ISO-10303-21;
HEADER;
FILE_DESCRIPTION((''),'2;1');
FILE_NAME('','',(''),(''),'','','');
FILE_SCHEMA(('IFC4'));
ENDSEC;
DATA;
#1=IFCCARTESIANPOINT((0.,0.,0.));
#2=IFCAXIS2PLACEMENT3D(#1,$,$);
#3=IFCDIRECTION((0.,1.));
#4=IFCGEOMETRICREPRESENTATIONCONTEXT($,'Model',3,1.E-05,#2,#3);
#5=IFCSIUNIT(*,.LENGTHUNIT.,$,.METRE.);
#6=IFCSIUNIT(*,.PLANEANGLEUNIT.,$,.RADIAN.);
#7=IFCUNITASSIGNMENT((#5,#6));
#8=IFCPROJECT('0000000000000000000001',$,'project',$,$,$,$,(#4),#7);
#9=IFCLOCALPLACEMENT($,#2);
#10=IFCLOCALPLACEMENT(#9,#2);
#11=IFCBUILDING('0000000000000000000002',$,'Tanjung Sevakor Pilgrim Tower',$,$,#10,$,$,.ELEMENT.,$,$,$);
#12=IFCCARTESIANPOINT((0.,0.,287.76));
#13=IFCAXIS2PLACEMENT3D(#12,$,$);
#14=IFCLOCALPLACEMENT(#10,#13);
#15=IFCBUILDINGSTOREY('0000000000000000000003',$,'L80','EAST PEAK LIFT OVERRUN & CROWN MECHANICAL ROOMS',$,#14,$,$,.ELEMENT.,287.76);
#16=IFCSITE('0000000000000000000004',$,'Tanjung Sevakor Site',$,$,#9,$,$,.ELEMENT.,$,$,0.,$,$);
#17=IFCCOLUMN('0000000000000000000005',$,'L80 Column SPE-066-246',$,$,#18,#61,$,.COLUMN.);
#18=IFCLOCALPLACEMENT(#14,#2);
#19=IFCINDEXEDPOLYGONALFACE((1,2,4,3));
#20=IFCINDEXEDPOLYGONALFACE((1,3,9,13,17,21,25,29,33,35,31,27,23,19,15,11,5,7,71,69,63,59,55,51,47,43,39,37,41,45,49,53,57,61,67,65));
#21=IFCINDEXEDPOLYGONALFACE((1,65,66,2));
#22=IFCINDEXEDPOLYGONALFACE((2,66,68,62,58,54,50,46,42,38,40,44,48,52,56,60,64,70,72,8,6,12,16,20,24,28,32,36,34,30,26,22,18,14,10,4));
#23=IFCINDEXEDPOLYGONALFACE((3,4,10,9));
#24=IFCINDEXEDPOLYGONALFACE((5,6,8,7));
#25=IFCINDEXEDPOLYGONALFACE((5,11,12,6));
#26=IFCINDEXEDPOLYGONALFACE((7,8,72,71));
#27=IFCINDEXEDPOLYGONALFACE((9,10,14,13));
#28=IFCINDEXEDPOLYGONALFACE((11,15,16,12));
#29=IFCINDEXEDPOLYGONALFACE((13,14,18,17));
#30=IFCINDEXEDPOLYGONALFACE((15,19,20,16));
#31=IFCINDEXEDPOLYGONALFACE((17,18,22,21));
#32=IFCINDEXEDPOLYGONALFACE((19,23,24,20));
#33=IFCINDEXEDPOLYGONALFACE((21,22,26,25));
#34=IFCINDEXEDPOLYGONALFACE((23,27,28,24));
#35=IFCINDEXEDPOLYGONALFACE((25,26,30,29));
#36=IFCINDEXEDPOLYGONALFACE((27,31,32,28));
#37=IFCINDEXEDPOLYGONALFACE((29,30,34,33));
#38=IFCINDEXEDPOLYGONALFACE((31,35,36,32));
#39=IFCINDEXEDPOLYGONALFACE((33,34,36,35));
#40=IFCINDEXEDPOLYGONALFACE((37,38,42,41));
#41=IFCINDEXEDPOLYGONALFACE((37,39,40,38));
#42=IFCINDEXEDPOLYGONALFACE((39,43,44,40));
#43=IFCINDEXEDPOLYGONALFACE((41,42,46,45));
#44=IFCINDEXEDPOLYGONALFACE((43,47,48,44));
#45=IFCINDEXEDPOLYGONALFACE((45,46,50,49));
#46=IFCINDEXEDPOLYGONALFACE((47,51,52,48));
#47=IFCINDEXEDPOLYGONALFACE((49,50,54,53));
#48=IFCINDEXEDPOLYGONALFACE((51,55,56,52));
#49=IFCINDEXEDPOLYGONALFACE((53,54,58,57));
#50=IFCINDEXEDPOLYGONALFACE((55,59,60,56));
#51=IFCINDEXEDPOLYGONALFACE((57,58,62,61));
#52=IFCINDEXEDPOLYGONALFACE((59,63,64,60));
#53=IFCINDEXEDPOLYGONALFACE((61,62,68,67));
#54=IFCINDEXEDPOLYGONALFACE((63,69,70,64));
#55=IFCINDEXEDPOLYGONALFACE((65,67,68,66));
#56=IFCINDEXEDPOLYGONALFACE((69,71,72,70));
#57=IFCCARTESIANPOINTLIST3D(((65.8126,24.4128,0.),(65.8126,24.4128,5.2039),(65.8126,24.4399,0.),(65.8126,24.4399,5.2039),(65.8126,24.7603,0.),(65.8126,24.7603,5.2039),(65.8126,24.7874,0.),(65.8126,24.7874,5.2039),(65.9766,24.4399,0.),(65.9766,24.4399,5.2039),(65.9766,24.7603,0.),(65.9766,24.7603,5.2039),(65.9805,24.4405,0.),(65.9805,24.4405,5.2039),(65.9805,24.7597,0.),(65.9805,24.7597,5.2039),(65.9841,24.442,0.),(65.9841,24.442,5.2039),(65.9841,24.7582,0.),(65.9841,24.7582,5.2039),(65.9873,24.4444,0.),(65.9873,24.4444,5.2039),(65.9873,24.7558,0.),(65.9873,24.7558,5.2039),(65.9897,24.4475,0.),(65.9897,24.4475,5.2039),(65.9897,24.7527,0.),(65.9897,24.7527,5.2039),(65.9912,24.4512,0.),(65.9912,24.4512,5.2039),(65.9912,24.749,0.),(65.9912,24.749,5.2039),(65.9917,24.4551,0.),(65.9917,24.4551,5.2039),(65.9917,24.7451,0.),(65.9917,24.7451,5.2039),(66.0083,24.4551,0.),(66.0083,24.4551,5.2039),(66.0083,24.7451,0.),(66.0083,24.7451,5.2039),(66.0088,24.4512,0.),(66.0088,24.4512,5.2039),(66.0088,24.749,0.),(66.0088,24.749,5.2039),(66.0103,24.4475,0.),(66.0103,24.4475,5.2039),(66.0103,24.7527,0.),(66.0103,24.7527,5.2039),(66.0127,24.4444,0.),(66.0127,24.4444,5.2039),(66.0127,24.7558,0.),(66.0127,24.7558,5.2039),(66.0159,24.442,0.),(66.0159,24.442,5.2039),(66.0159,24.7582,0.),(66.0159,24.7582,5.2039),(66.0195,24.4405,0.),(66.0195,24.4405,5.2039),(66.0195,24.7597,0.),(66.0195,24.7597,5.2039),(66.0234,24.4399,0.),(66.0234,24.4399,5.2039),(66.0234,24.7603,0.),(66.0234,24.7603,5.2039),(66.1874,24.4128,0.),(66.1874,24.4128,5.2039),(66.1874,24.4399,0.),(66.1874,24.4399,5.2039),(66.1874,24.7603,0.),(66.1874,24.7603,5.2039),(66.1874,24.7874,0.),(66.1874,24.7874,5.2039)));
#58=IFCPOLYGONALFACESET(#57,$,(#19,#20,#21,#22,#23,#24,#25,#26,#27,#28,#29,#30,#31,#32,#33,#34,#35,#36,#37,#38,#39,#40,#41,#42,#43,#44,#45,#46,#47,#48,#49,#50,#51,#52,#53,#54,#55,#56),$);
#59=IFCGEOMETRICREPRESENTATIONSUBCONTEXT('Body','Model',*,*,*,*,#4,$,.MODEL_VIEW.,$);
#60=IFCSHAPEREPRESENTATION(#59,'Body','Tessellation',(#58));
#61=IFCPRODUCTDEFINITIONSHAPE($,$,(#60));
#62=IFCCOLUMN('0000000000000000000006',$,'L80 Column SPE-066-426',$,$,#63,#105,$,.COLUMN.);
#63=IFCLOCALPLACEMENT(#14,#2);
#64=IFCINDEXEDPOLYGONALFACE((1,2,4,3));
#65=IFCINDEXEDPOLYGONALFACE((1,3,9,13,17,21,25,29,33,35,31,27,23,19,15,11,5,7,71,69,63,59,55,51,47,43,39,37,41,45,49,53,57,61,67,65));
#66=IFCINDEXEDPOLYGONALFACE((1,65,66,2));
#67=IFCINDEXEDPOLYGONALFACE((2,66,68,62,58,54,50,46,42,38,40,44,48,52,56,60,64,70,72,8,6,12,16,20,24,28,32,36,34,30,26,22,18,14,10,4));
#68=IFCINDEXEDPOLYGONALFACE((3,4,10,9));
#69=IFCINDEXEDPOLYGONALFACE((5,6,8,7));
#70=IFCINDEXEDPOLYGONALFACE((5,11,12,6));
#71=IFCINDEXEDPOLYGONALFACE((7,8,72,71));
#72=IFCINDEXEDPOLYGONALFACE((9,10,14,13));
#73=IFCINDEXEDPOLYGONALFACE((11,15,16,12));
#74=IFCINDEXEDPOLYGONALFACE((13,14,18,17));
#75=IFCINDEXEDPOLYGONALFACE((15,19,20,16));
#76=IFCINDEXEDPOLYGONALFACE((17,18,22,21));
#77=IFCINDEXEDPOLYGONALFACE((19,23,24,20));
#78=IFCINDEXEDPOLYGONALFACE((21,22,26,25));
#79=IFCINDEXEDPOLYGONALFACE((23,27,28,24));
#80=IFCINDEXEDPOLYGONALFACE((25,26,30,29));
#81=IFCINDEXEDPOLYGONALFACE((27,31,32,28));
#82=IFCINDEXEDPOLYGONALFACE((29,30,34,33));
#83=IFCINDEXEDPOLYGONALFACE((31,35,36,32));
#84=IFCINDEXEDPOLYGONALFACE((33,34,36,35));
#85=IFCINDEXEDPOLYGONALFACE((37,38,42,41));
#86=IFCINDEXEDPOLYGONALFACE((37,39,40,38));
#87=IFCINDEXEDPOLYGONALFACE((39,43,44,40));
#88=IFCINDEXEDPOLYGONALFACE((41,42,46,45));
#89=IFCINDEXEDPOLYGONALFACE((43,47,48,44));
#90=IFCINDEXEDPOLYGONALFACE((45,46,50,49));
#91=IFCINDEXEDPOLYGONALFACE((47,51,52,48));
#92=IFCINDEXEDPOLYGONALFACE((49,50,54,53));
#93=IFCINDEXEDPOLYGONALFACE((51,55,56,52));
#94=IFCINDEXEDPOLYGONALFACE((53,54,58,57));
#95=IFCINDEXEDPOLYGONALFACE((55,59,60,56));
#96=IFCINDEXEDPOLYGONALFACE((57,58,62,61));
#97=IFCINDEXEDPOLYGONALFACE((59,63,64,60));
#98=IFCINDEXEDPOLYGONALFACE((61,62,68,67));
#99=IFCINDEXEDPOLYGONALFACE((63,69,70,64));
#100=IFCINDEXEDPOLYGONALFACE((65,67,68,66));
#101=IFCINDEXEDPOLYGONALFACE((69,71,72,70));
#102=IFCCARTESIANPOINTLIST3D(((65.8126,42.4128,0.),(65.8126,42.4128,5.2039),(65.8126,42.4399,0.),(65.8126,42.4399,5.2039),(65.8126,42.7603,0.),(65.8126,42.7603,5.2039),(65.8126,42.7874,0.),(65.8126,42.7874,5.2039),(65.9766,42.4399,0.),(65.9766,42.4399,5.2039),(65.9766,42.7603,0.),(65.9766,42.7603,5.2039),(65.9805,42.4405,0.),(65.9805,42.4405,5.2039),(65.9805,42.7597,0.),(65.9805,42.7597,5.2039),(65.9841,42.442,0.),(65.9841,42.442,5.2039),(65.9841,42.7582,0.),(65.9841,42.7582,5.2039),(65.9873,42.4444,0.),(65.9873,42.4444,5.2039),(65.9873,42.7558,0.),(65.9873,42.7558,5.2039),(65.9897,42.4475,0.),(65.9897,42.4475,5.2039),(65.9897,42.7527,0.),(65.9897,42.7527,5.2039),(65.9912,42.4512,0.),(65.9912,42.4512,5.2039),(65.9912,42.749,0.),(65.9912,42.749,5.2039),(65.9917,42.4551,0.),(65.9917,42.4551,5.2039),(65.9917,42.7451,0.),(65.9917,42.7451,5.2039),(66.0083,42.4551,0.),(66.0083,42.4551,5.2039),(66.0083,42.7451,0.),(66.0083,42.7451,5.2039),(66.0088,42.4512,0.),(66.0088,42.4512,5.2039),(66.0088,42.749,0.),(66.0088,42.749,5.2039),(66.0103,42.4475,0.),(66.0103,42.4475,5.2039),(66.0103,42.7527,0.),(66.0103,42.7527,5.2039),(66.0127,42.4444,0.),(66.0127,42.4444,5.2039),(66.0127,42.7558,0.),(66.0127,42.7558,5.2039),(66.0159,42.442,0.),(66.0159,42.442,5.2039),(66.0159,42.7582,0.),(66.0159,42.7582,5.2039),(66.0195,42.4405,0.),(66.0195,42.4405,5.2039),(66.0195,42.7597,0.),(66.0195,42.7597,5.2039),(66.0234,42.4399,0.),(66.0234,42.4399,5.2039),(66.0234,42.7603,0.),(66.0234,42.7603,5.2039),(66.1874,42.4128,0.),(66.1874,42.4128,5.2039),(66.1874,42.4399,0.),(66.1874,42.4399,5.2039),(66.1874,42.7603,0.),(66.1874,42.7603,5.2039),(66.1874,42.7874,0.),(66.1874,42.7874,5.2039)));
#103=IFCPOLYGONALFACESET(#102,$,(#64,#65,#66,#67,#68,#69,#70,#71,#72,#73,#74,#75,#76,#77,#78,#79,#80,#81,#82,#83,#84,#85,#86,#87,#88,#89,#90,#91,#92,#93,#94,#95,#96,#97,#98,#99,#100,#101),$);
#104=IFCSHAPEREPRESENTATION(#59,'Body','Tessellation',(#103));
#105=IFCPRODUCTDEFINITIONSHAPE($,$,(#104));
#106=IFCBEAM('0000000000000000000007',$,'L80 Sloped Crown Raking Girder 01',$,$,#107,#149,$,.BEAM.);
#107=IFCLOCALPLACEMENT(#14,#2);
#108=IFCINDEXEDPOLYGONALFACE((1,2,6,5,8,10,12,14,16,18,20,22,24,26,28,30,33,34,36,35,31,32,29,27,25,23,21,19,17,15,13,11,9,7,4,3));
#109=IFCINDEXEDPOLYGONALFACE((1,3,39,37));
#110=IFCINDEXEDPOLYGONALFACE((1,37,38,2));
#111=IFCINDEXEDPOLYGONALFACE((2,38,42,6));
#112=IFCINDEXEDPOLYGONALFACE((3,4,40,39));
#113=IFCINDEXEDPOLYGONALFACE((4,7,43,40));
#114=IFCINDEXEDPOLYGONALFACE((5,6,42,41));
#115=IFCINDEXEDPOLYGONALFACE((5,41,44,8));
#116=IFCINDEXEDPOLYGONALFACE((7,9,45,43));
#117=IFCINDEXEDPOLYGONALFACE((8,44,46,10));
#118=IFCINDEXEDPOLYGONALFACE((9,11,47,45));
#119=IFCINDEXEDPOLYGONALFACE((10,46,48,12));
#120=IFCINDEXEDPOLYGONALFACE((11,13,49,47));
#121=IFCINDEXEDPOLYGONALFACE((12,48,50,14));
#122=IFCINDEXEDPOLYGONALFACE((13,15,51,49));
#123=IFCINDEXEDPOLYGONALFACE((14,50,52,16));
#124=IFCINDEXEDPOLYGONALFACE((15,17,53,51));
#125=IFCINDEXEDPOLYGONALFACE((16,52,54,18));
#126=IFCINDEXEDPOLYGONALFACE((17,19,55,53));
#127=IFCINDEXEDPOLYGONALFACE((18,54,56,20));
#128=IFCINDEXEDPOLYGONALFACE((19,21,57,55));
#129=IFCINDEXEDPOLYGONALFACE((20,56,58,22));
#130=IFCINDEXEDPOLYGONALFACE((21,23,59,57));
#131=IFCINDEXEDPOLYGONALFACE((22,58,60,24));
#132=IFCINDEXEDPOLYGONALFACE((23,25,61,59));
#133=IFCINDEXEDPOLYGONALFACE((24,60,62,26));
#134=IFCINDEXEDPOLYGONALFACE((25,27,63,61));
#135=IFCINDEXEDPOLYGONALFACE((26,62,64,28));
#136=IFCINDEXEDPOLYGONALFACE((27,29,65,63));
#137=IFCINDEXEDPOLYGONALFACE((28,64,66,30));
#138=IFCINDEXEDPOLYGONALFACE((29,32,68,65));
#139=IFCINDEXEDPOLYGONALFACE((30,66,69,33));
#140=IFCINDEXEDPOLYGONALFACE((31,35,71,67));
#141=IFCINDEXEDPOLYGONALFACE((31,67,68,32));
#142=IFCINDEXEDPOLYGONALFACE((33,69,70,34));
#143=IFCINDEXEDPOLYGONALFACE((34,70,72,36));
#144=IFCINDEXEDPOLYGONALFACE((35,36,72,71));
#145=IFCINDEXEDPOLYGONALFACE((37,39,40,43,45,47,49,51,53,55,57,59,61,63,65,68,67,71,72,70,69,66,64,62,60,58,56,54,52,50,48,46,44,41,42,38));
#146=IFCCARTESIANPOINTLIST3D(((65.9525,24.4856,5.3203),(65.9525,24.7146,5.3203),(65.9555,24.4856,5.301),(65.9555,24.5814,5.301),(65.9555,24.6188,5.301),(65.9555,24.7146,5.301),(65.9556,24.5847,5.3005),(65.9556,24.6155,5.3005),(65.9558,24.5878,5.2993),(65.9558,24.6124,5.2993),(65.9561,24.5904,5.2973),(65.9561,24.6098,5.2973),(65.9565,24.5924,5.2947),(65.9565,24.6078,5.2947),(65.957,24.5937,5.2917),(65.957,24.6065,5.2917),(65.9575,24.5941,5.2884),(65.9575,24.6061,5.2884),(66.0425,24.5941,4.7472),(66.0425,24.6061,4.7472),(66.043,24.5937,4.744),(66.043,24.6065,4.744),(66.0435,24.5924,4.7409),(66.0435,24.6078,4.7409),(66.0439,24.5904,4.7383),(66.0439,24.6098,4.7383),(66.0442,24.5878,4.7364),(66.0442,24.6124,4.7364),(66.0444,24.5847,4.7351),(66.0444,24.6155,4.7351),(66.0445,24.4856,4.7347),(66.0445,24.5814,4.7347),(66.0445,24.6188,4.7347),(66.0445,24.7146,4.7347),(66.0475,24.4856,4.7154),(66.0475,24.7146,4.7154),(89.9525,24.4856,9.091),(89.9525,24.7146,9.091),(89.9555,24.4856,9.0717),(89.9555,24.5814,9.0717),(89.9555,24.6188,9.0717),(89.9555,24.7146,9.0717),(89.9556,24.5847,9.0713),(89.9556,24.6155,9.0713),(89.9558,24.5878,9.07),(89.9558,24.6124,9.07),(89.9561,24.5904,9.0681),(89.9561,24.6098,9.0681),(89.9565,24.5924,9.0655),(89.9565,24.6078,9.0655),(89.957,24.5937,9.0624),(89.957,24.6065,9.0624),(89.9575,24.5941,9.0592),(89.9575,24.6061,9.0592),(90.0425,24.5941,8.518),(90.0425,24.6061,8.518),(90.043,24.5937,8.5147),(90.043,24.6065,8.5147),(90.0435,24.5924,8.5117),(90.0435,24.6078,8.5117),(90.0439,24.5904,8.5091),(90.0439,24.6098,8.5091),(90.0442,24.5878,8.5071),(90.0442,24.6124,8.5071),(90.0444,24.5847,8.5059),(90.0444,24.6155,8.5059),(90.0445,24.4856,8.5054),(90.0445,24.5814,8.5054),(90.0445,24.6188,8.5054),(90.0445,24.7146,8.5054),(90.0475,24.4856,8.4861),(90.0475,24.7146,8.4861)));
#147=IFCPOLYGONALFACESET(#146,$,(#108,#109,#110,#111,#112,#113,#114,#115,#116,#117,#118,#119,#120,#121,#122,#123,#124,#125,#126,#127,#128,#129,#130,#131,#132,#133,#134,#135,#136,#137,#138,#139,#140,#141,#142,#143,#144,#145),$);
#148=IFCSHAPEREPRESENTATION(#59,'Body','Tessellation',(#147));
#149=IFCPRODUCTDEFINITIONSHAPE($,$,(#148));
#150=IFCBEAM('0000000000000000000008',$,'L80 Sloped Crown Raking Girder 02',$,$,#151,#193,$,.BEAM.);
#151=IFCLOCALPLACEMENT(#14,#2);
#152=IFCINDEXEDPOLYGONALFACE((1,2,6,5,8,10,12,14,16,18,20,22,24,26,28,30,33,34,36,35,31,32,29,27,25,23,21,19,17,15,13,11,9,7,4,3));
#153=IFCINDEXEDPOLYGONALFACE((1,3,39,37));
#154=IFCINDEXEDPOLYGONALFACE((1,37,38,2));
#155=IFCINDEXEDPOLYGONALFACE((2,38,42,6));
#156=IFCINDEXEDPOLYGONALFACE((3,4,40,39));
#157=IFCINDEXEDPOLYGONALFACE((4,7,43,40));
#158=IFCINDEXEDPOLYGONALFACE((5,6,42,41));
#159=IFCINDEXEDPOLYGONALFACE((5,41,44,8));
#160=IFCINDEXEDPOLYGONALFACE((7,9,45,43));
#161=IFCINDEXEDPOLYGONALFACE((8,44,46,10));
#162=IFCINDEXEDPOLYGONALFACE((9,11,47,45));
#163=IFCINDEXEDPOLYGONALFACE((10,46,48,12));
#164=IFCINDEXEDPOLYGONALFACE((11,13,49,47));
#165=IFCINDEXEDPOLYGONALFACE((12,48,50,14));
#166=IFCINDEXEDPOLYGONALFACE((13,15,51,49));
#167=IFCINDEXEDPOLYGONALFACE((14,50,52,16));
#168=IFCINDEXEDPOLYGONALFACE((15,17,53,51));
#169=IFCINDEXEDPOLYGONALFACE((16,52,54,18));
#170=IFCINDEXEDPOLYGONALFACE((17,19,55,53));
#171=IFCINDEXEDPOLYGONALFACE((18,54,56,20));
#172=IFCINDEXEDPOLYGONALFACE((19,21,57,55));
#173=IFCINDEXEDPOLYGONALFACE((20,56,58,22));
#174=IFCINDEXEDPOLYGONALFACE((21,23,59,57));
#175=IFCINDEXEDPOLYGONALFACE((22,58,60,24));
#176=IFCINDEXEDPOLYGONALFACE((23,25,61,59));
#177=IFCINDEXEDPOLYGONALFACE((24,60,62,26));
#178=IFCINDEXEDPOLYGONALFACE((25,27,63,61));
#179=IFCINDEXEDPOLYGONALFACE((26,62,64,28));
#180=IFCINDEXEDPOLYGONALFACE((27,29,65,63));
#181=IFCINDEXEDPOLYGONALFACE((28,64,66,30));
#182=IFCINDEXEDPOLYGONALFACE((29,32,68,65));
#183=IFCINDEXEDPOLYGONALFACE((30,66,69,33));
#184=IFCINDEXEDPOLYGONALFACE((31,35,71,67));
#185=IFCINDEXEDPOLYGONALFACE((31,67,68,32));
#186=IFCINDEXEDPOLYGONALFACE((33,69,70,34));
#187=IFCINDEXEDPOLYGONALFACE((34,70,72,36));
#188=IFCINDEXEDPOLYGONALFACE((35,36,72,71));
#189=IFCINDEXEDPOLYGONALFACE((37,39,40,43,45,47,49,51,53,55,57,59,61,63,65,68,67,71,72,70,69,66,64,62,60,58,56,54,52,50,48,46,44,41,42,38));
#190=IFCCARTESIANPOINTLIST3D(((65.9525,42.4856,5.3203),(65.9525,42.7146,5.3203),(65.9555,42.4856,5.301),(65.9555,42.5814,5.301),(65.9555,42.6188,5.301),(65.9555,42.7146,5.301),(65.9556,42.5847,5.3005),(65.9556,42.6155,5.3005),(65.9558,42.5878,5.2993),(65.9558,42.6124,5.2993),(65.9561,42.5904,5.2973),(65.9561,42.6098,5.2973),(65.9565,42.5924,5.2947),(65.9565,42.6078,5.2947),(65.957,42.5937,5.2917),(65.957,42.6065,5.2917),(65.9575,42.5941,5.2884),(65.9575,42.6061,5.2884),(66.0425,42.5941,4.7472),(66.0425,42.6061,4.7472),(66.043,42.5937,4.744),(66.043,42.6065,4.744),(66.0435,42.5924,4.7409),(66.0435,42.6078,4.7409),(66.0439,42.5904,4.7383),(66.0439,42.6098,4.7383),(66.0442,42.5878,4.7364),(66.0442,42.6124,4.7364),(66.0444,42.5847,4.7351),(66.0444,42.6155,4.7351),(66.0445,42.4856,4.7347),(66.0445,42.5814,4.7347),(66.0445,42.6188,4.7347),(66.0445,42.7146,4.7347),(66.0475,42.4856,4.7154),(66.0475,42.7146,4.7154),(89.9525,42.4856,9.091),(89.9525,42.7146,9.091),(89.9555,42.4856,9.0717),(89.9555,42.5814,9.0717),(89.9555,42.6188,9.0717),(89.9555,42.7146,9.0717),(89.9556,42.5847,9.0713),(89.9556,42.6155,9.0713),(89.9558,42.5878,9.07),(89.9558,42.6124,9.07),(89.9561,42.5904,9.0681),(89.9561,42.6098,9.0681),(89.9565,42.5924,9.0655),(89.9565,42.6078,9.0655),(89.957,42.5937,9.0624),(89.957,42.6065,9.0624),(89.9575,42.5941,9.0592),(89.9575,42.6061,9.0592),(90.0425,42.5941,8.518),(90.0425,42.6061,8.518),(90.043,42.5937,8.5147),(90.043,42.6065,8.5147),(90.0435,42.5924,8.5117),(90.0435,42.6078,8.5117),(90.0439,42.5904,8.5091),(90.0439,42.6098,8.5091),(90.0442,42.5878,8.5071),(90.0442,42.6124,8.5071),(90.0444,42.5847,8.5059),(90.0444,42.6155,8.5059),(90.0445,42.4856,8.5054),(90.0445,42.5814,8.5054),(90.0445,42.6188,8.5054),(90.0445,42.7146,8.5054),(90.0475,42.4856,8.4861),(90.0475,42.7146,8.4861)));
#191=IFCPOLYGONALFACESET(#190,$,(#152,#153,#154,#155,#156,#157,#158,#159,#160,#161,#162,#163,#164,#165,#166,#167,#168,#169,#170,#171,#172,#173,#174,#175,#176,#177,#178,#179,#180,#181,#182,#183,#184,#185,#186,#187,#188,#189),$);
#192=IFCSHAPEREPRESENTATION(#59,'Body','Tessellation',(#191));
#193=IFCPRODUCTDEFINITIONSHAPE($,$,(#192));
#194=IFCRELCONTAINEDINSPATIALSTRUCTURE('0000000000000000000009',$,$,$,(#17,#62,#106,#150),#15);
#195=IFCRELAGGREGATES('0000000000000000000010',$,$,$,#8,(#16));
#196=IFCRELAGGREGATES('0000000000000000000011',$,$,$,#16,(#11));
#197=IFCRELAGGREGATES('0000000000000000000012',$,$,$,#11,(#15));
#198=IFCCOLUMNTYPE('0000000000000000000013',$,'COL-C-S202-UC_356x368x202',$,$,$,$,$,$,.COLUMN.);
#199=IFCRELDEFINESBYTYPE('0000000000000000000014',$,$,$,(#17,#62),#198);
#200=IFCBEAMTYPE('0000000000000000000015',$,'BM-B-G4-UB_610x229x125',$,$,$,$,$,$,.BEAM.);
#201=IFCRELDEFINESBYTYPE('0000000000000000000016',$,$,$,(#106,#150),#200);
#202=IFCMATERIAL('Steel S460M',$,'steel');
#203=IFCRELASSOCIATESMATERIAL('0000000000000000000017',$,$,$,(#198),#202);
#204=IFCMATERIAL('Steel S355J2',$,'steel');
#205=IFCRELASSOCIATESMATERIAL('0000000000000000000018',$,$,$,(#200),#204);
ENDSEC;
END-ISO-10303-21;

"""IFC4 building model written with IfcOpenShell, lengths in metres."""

from ifc_helpers import new_model, si_unit, direction, frame, origin, origin_2d, place, context, subcontext, project, spatial, i_section, extrude, material, material_profile, profile_set, type_object, element, save


model = new_model("IFC4")

# Units and contexts
model_context = context("Model", 3, precision=1e-05, world=origin(), true_north=direction((0.0, 1.0)))
body_context = subcontext(model_context, "Body", "Model", "MODEL_VIEW")
ifc_project = project(units=[si_unit("LENGTHUNIT", "METRE"), si_unit("PLANEANGLEUNIT", "RADIAN")], contexts=[model_context])

# Site, building, storey
site_placement = place(None, origin())
site = spatial("IfcSite", under=ifc_project, at=site_placement, Name="Tanjung Sevakor Site", CompositionType="ELEMENT", RefElevation=0.0)
building_placement = place(site_placement, origin())
building = spatial("IfcBuilding", under=site, at=building_placement, Name="Tanjung Sevakor Pilgrim Tower", CompositionType="ELEMENT")
storey_placement = place(building_placement, frame((0.0, 0.0, 287.76)))
storey = spatial("IfcBuildingStorey", under=building, at=storey_placement, Name="L80", Description="EAST PEAK LIFT OVERRUN & CROWN MECHANICAL ROOMS", CompositionType="ELEMENT", Elevation=287.76)

# Columns
ifc_material_1 = material(Name="Steel S460M", Category="steel")
ifc_material_profile_1 = material_profile(ifc_material_1, i_section(OverallWidth=0.3748, OverallDepth=0.3745, WebThickness=0.0166, FlangeThickness=0.0271, FilletRadius=0.0151, at=origin_2d()))
ifc_profile_set_1 = profile_set([ifc_material_profile_1], Name="Steel S460M")
column_type = type_object("IfcColumnType", Name="COL-C-S202-UC_356x368x202", PredefinedType="COLUMN", material=ifc_profile_set_1)
for number, where, z_axis, x_axis, name in (
    (1, (66.0, 24.6001, 0.0), (0.0, 0.0, 1.0), (1.0, 0.0, 0.0), "L80 Column SPE-066-246"),
    (2, (66.0, 42.6001, 0.0), (0.0, 0.0, 1.0), (1.0, 0.0, 0.0), "L80 Column SPE-066-426"),
):
    element("IfcColumn", number, at=place(storey_placement, frame(where, z_axis=z_axis, x_axis=x_axis)), inside=storey, type_object=column_type, Name=name, PredefinedType="COLUMN", context=body_context, shape_type="SweptSolid", body=[
        extrude(i_section(OverallWidth=0.3748, OverallDepth=0.3745, WebThickness=0.0166, FlangeThickness=0.0271, FilletRadius=0.0151, at=origin_2d()), origin(), (0.0, 0.0, 1.0), 5.2039),
    ])

# Beams
ifc_material_2 = material(Name="Steel S355J2", Category="steel")
ifc_material_profile_2 = material_profile(ifc_material_2, i_section(OverallWidth=0.229, OverallDepth=0.6123, WebThickness=0.012, FlangeThickness=0.0195, FilletRadius=0.0127, at=origin_2d()))
ifc_profile_set_2 = profile_set([ifc_material_profile_2], Name="Steel S355J2")
beam_type_1 = type_object("IfcBeamType", Name="BM-B-G4-UB_610x229x125", PredefinedType="BEAM", material=ifc_profile_set_2)
for number, where, z_axis, x_axis, name in (
    (3, (66.0, 24.6001, 5.0178), (0.987881, 0.0, 0.155211), (0.0, 1.0, 0.0), "L80 Sloped Crown Raking Girder 01"),
    (4, (66.0, 42.6001, 5.0178), (0.987881, 0.0, 0.155211), (0.0, 1.0, 0.0), "L80 Sloped Crown Raking Girder 02"),
):
    element("IfcBeam", number, at=place(storey_placement, frame(where, z_axis=z_axis, x_axis=x_axis)), inside=storey, type_object=beam_type_1, Name=name, PredefinedType="BEAM", context=body_context, shape_type="SweptSolid", body=[
        extrude(i_section(OverallWidth=0.229, OverallDepth=0.6123, WebThickness=0.012, FlangeThickness=0.0195, FilletRadius=0.0127, at=origin_2d()), origin(), (0.0, 0.0, 1.0), 24.2944),
    ])

save(model, "model.ifc")
